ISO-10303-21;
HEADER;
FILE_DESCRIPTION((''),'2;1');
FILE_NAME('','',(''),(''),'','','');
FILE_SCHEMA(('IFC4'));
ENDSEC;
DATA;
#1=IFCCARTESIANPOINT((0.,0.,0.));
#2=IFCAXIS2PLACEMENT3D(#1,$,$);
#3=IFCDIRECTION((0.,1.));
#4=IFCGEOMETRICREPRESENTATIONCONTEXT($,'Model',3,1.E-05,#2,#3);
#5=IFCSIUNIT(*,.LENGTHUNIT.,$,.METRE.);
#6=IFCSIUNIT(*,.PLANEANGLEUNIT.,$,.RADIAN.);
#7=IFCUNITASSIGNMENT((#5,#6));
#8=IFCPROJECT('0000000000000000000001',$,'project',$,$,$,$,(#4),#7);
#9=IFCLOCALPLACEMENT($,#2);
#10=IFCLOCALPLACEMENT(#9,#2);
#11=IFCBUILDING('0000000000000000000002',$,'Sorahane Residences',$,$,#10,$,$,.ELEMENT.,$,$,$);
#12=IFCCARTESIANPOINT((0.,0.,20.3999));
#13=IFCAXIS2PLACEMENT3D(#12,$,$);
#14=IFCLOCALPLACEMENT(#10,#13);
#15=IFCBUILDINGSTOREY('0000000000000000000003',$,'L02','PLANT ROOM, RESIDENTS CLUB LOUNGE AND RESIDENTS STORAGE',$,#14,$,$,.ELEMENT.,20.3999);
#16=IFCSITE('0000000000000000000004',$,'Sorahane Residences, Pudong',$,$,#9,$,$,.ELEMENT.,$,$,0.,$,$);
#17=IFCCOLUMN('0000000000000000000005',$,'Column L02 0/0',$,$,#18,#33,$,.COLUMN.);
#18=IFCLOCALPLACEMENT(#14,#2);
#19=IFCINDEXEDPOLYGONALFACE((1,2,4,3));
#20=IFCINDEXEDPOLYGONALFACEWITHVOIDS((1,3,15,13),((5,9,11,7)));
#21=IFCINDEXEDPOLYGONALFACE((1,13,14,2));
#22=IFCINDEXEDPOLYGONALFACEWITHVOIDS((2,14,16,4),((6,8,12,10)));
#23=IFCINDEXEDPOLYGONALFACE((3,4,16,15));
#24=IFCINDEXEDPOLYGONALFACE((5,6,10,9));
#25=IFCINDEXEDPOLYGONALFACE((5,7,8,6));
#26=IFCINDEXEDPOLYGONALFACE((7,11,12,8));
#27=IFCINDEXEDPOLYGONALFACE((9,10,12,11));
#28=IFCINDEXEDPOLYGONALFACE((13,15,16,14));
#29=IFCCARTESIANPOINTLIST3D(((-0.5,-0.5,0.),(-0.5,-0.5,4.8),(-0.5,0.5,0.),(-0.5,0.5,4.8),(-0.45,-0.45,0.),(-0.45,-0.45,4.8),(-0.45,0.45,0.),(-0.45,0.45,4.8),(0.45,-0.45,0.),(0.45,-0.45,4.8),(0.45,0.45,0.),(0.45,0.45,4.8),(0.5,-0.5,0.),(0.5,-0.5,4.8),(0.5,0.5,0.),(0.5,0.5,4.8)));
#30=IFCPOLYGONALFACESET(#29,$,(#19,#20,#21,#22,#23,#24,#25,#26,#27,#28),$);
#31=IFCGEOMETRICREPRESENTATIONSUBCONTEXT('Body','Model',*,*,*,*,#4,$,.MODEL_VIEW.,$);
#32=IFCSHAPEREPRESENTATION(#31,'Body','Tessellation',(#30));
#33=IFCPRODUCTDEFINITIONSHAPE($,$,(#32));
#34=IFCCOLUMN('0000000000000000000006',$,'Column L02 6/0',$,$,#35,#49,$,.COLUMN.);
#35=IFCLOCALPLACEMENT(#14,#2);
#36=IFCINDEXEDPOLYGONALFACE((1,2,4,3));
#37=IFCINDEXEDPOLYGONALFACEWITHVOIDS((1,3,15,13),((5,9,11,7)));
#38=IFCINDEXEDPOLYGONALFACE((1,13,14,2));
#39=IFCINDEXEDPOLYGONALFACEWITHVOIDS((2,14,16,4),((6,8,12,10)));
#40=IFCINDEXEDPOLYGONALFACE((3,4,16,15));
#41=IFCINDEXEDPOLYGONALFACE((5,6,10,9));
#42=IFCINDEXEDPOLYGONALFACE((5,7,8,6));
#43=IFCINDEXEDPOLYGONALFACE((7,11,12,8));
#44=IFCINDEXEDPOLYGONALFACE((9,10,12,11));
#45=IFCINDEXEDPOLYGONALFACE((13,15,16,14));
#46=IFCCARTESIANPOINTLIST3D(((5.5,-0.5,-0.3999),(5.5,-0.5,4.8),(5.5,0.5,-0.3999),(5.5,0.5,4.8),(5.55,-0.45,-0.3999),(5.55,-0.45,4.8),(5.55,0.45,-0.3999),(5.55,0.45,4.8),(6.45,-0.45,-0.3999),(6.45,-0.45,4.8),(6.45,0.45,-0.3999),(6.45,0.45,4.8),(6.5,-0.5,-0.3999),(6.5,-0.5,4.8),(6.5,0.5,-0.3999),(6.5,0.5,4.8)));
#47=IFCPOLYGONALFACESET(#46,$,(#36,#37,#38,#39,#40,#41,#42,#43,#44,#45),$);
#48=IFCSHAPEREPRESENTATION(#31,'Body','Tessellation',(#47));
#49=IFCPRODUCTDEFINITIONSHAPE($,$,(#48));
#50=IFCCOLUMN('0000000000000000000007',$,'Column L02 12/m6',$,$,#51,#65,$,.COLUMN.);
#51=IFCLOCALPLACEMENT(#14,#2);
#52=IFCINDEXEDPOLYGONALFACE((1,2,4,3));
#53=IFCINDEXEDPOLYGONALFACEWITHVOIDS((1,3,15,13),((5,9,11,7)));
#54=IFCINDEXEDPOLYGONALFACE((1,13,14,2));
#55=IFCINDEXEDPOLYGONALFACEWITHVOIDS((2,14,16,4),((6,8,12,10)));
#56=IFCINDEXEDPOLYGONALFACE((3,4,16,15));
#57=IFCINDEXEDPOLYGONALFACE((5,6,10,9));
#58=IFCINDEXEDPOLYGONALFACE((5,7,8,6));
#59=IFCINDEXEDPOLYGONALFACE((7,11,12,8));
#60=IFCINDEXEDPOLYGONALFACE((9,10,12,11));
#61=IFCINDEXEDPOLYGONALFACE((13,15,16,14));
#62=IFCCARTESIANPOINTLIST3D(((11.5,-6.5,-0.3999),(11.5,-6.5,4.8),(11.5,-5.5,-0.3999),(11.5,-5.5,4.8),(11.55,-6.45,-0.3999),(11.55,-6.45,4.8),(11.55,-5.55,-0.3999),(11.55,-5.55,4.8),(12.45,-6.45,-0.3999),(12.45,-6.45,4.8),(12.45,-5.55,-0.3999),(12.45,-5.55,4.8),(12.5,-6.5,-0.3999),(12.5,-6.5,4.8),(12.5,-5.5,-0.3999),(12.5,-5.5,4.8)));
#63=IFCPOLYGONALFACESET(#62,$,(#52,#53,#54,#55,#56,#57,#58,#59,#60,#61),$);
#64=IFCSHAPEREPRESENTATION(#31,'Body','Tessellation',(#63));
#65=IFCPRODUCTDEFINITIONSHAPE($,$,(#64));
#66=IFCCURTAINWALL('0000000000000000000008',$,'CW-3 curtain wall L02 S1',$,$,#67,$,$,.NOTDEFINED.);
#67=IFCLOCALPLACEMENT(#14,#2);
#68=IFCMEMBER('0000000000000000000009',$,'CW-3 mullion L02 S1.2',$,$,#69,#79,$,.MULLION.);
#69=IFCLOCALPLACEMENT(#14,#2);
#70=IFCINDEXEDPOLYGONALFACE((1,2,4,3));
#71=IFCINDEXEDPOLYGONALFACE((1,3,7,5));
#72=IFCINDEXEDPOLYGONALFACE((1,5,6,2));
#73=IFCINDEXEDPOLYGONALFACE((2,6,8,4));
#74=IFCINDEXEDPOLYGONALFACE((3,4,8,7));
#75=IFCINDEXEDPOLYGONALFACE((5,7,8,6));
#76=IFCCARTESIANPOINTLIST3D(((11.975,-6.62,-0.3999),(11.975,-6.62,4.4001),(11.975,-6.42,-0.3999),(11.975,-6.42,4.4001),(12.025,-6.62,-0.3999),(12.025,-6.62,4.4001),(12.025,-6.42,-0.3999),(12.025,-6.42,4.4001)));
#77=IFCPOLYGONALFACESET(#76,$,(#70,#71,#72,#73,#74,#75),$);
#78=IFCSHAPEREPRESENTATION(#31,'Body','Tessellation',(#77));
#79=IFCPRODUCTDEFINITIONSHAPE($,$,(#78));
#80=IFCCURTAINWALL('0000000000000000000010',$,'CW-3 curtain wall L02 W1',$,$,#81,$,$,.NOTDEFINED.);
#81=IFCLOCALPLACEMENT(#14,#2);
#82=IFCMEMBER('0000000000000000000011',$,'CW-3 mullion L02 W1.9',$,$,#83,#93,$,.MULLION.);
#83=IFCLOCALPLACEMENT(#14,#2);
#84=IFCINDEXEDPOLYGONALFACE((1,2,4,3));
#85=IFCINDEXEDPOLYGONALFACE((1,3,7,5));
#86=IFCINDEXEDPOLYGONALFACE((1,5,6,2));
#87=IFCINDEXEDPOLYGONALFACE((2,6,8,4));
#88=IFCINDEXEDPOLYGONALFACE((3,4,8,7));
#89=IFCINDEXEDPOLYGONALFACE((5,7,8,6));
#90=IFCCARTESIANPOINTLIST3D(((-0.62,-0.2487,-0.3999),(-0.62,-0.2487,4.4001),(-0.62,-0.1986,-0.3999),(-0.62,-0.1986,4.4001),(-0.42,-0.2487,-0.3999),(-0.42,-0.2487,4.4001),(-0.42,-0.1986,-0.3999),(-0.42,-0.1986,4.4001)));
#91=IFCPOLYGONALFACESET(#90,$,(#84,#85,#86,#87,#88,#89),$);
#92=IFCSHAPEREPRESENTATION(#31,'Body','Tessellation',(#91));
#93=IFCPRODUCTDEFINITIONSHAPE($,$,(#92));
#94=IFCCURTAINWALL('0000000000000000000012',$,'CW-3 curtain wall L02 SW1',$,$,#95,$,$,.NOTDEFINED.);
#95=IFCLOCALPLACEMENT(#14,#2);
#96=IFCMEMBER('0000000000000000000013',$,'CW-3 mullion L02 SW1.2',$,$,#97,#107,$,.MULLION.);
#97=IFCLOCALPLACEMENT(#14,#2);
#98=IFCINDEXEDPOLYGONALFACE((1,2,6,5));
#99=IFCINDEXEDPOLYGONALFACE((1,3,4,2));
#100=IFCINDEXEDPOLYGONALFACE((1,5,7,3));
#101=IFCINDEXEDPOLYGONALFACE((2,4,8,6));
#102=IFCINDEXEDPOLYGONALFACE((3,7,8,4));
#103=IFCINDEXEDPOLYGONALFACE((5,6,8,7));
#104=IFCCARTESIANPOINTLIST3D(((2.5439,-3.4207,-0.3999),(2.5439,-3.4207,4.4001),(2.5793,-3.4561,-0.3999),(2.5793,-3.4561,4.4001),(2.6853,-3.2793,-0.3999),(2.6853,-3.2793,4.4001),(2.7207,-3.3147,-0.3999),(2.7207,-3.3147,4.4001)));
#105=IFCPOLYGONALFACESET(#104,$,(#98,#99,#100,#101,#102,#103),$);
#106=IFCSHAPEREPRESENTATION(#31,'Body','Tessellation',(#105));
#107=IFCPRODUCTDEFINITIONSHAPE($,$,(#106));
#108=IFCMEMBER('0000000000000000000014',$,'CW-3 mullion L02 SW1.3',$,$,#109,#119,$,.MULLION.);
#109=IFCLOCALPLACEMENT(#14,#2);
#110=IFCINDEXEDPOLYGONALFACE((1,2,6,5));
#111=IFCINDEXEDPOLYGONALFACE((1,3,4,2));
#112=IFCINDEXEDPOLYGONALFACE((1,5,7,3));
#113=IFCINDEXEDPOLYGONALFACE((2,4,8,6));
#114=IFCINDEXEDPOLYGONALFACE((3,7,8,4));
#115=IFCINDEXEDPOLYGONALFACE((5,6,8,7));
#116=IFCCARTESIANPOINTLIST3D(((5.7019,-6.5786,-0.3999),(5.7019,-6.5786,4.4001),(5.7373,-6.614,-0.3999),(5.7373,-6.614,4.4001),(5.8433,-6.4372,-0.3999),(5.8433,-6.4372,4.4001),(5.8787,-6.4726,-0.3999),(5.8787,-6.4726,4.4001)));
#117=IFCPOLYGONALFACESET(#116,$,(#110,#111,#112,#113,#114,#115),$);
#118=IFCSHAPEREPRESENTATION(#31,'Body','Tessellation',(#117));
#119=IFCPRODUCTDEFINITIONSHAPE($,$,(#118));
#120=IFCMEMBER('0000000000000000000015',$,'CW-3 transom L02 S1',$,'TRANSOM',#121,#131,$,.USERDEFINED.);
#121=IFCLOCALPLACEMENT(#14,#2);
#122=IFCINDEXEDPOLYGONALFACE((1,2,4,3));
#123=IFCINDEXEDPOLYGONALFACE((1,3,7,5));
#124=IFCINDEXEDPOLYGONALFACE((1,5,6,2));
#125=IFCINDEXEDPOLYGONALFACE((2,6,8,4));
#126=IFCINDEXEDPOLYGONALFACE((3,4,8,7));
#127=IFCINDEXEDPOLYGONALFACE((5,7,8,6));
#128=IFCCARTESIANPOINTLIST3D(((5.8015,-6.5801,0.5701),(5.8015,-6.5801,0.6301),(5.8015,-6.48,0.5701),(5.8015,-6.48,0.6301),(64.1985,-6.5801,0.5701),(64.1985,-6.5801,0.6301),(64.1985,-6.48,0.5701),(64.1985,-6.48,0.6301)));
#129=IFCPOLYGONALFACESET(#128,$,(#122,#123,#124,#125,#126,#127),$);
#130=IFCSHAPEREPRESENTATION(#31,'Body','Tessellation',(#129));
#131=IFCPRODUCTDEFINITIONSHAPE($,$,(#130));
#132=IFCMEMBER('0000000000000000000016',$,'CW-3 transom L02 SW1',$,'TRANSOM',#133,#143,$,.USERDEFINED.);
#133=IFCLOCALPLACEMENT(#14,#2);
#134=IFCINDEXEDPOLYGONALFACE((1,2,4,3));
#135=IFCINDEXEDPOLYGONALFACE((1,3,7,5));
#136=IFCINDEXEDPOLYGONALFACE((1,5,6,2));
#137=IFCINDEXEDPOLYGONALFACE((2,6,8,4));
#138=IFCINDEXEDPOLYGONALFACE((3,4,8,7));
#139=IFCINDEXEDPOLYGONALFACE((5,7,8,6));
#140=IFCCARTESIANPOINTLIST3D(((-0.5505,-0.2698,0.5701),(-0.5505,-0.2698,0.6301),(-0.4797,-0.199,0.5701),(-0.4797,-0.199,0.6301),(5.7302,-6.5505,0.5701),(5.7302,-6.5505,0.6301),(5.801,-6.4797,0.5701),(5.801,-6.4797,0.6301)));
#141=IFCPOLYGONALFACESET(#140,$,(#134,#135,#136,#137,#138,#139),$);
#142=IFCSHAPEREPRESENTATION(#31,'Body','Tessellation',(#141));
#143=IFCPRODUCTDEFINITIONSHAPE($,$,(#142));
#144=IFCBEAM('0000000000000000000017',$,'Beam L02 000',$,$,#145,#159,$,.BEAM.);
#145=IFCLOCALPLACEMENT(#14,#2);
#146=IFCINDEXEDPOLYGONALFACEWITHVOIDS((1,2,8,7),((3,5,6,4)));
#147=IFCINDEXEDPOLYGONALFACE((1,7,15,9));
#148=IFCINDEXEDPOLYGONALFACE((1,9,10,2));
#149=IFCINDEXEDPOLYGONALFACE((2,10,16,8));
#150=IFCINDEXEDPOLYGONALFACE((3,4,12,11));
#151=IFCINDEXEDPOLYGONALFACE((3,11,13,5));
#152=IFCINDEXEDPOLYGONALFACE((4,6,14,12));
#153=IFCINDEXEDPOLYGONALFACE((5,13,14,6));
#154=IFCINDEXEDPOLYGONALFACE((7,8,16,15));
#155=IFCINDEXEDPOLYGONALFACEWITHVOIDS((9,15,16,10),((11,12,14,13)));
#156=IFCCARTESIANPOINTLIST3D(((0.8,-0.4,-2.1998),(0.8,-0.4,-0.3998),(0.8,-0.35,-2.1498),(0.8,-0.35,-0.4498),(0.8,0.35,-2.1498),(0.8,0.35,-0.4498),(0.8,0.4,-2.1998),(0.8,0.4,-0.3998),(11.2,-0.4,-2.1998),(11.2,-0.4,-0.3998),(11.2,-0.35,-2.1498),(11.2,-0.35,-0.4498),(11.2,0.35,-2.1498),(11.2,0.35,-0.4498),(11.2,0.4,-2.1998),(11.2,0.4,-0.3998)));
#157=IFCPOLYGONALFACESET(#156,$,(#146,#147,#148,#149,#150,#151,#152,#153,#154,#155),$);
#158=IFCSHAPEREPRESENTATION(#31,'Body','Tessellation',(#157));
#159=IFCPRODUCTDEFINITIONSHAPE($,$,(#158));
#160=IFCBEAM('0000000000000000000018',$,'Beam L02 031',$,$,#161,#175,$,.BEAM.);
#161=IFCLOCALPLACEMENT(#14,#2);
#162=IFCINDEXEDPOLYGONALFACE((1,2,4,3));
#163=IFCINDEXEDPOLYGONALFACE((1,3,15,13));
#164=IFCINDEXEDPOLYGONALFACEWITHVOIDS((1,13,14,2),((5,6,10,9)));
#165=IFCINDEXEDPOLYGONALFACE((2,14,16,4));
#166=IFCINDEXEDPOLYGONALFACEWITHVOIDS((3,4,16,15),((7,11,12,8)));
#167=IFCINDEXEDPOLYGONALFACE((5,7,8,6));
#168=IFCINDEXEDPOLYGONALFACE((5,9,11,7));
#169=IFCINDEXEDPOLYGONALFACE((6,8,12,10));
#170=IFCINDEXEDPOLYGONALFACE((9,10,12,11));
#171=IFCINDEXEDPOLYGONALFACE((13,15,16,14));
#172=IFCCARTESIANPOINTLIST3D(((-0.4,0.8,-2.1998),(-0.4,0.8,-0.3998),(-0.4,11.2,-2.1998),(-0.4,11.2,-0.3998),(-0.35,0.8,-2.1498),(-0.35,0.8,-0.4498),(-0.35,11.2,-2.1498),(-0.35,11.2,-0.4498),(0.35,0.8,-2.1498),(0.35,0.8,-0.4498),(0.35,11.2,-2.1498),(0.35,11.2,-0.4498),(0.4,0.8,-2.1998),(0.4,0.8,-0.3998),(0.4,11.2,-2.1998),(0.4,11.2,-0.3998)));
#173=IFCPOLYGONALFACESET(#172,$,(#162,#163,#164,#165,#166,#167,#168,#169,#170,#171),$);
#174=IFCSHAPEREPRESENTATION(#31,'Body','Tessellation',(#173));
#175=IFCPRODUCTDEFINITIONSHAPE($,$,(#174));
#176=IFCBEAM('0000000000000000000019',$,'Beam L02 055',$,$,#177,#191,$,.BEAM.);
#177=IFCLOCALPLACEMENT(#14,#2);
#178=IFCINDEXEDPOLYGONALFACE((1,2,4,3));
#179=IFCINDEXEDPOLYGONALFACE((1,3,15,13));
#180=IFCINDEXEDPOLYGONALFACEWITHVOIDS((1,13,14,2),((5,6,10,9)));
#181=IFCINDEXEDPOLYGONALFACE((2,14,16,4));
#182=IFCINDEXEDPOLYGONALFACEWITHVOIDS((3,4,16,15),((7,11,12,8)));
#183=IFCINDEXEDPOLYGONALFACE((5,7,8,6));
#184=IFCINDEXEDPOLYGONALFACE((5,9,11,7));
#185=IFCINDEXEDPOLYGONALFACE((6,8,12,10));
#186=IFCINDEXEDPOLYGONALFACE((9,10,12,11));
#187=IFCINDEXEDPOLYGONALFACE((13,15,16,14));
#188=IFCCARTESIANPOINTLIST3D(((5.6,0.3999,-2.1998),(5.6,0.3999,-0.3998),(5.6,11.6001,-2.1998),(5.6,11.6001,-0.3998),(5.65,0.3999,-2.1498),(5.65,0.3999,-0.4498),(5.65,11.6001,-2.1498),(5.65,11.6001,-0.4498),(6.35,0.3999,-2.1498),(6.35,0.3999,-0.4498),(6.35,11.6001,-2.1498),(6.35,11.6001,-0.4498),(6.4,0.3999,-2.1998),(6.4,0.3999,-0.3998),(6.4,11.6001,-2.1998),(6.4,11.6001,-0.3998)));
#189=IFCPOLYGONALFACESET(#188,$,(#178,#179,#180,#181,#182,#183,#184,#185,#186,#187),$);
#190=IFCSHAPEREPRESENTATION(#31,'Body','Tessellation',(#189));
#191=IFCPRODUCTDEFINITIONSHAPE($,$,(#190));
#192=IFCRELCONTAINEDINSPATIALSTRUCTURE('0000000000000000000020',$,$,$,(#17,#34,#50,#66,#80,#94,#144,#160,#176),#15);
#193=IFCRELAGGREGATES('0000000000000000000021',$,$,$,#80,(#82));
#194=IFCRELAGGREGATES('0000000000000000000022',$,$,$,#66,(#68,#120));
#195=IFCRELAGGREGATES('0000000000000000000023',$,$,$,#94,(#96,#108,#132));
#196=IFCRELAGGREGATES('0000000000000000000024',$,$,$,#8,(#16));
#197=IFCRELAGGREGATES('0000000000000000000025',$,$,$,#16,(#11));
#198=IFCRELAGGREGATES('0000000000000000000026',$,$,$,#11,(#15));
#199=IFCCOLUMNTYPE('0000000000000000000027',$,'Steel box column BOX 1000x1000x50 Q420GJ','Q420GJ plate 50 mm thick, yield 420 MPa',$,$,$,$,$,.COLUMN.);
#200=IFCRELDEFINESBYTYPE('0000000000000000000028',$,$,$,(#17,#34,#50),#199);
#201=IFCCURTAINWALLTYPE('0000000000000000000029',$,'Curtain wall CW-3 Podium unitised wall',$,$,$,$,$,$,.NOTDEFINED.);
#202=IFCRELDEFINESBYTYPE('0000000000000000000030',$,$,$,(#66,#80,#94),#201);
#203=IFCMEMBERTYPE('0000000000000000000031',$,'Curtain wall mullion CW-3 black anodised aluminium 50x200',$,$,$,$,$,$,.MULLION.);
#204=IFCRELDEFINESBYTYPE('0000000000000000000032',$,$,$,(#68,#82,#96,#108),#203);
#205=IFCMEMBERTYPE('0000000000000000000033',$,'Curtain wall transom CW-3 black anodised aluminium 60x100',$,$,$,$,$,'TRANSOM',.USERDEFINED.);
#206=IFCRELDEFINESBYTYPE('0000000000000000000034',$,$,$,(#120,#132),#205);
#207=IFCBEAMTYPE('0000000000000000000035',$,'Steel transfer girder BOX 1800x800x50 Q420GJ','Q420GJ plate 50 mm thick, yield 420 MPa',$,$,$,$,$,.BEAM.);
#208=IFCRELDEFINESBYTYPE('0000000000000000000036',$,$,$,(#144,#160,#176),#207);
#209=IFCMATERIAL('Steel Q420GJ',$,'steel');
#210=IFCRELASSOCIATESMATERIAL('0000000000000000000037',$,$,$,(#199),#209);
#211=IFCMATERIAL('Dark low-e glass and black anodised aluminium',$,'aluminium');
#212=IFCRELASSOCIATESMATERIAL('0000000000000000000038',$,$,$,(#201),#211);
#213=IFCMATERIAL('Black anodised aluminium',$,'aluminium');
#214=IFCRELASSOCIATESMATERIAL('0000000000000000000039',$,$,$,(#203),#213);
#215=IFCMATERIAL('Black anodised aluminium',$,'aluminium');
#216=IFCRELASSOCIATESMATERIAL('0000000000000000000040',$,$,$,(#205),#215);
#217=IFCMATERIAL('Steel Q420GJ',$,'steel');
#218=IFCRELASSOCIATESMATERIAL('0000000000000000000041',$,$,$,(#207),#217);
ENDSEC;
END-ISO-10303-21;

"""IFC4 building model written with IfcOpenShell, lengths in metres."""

from ifc_helpers import new_model, si_unit, direction, frame, origin, origin_with_axes, origin_2d, place, context, subcontext, project, spatial, rectangle, hollow_rectangle, extrude, material, material_profile, profile_set, type_object, element, aggregate, save


model = new_model("IFC4")

# Units and contexts
model_context = context("Model", 3, precision=1e-05, world=origin(), true_north=direction((0.0, 1.0)))
body_context = subcontext(model_context, "Body", "Model", "MODEL_VIEW")
ifc_project = project(units=[si_unit("LENGTHUNIT", "METRE"), si_unit("PLANEANGLEUNIT", "RADIAN")], contexts=[model_context])

# Site, building, storey
site_placement = place(None, origin())
site = spatial("IfcSite", under=ifc_project, at=site_placement, Name="Sorahane Residences, Pudong", CompositionType="ELEMENT", RefElevation=0.0)
building_placement = place(site_placement, origin())
building = spatial("IfcBuilding", under=site, at=building_placement, Name="Sorahane Residences", CompositionType="ELEMENT")
storey_placement = place(building_placement, frame((0.0, 0.0, 20.3999)))
storey = spatial("IfcBuildingStorey", under=building, at=storey_placement, Name="L02", Description="PLANT ROOM, RESIDENTS CLUB LOUNGE AND RESIDENTS STORAGE", CompositionType="ELEMENT", Elevation=20.3999)

# Columns
ifc_material_1 = material(Name="Steel Q420GJ", Category="steel")
ifc_material_profile_1 = material_profile(ifc_material_1, hollow_rectangle(XDim=1.0, YDim=1.0, WallThickness=0.05, at=origin_2d()), Name="BOX 1000x1000x50")
ifc_profile_set_1 = profile_set([ifc_material_profile_1], Name="Steel Q420GJ")
column_type = type_object("IfcColumnType", Name="Steel box column BOX 1000x1000x50 Q420GJ", Description="Q420GJ plate 50 mm thick, yield 420 MPa", PredefinedType="COLUMN", material=ifc_profile_set_1)
column_placement = place(storey_placement, origin_with_axes())
element("IfcColumn", 1, at=column_placement, inside=storey, type_object=column_type, Name="Column L02 0/0", PredefinedType="COLUMN", context=body_context, shape_type="SweptSolid", body=[
    extrude(hollow_rectangle(XDim=1.0, YDim=1.0, WallThickness=0.05, at=origin_2d()), origin(), (0.0, 0.0, 1.0), 4.8),
])
for number, where, z_axis, x_axis, name in (
    (2, (6.0, 0.0, -0.3999), (0.0, 0.0, 1.0), (1.0, 0.0, 0.0), "Column L02 6/0"),
    (3, (12.0, -6.0, -0.3999), (0.0, 0.0, 1.0), (1.0, 0.0, 0.0), "Column L02 12/m6"),
):
    element("IfcColumn", number, at=place(storey_placement, frame(where, z_axis=z_axis, x_axis=x_axis)), inside=storey, type_object=column_type, Name=name, PredefinedType="COLUMN", context=body_context, shape_type="SweptSolid", body=[
        extrude(hollow_rectangle(XDim=1.0, YDim=1.0, WallThickness=0.05, at=origin_2d()), origin(), (0.0, 0.0, 1.0), 5.2),
    ])

# Curtain walls, members
ifc_material_2 = material(Name="Dark low-e glass and black anodised aluminium", Category="aluminium")
curtain_wall_type = type_object("IfcCurtainWallType", Name="Curtain wall CW-3 Podium unitised wall", PredefinedType="NOTDEFINED", material=ifc_material_2)
curtain_wall_1_placement = place(storey_placement, origin())
curtain_wall_1 = element("IfcCurtainWall", 4, at=curtain_wall_1_placement, inside=storey, type_object=curtain_wall_type, Name="CW-3 curtain wall L02 S1", PredefinedType="NOTDEFINED")
ifc_material_3 = material(Name="Black anodised aluminium", Category="aluminium")
ifc_material_profile_2 = material_profile(ifc_material_3, rectangle(XDim=0.2, YDim=0.05, at=origin_2d()), Name="Curtain wall mullion CW-3 black anodised aluminium 50x200")
ifc_profile_set_2 = profile_set([ifc_material_profile_2], Name="Black anodised aluminium")
member_type_1 = type_object("IfcMemberType", Name="Curtain wall mullion CW-3 black anodised aluminium 50x200", PredefinedType="MULLION", material=ifc_profile_set_2)
member_1_placement = place(storey_placement, frame((12.0, -6.52, -0.3999), z_axis=(0.0, 0.0, 1.0), x_axis=(0.0, -1.0, 0.0)))
member_1 = element("IfcMember", 5, at=member_1_placement, type_object=member_type_1, Name="CW-3 mullion L02 S1.2", PredefinedType="MULLION", context=body_context, shape_type="SweptSolid", body=[
    extrude(rectangle(XDim=0.2, YDim=0.05, at=origin_2d()), origin(), (0.0, 0.0, 1.0), 4.8),
])
curtain_wall_2_placement = place(storey_placement, origin())
curtain_wall_2 = element("IfcCurtainWall", 6, at=curtain_wall_2_placement, inside=storey, type_object=curtain_wall_type, Name="CW-3 curtain wall L02 W1", PredefinedType="NOTDEFINED")
member_2_placement = place(storey_placement, frame((-0.52, -0.2236, -0.3999), z_axis=(0.0, 0.0, 1.0), x_axis=(-1.0, 0.0, 0.0)))
member_2 = element("IfcMember", 7, at=member_2_placement, type_object=member_type_1, Name="CW-3 mullion L02 W1.9", PredefinedType="MULLION", context=body_context, shape_type="SweptSolid", body=[
    extrude(rectangle(XDim=0.2, YDim=0.05, at=origin_2d()), origin(), (0.0, 0.0, 1.0), 4.8),
])
aggregate(curtain_wall_2, [member_2])

# Curtain wall, members
curtain_wall_3_placement = place(storey_placement, origin())
curtain_wall_3 = element("IfcCurtainWall", 8, at=curtain_wall_3_placement, inside=storey, type_object=curtain_wall_type, Name="CW-3 curtain wall L02 SW1", PredefinedType="NOTDEFINED")
member_3_placement = place(storey_placement, frame((2.6323, -3.3677, -0.3999), z_axis=(0.0, 0.0, 1.0), x_axis=(-0.707107, -0.707107, 0.0)))
member_3 = element("IfcMember", 9, at=member_3_placement, type_object=member_type_1, Name="CW-3 mullion L02 SW1.2", PredefinedType="MULLION", context=body_context, shape_type="SweptSolid", body=[
    extrude(rectangle(XDim=0.2, YDim=0.05, at=origin_2d()), origin(), (0.0, 0.0, 1.0), 4.8),
])
member_4_placement = place(storey_placement, frame((5.7903, -6.5256, -0.3999), z_axis=(0.0, 0.0, 1.0), x_axis=(-0.707107, -0.707107, 0.0)))
member_4 = element("IfcMember", 10, at=member_4_placement, type_object=member_type_1, Name="CW-3 mullion L02 SW1.3", PredefinedType="MULLION", context=body_context, shape_type="SweptSolid", body=[
    extrude(rectangle(XDim=0.2, YDim=0.05, at=origin_2d()), origin(), (0.0, 0.0, 1.0), 4.8),
])

# Members
ifc_material_4 = material(Name="Black anodised aluminium", Category="aluminium")
ifc_material_profile_3 = material_profile(ifc_material_4, rectangle(XDim=0.1001, YDim=0.0601, at=origin_2d()), Name="Curtain wall transom CW-3 black anodised aluminium 60x100")
ifc_profile_set_3 = profile_set([ifc_material_profile_3], Name="Black anodised aluminium")
member_type_2 = type_object("IfcMemberType", Name="Curtain wall transom CW-3 black anodised aluminium 60x100", ElementType="TRANSOM", PredefinedType="USERDEFINED", material=ifc_profile_set_3)
member_5_placement = place(storey_placement, frame((5.8015, -6.53, 0.6001), z_axis=(1.0, 0.0, 0.0), x_axis=(0.0, 1.0, 0.0)))
member_5 = element("IfcMember", 11, at=member_5_placement, type_object=member_type_2, Name="CW-3 transom L02 S1", ObjectType="TRANSOM", PredefinedType="USERDEFINED", context=body_context, shape_type="SweptSolid", body=[
    extrude(rectangle(XDim=0.1001, YDim=0.0601, at=origin_2d()), origin(), (0.0, 0.0, 1.0), 58.397),
])
member_6_placement = place(storey_placement, frame((-0.5151, -0.2344, 0.6001), z_axis=(0.707107, -0.707107, 0.0), x_axis=(0.707107, 0.707107, 0.0)))
member_6 = element("IfcMember", 12, at=member_6_placement, type_object=member_type_2, Name="CW-3 transom L02 SW1", ObjectType="TRANSOM", PredefinedType="USERDEFINED", context=body_context, shape_type="SweptSolid", body=[
    extrude(rectangle(XDim=0.1001, YDim=0.0601, at=origin_2d()), origin(), (0.0, 0.0, 1.0), 8.8823),
])

# Beams
ifc_material_5 = material(Name="Steel Q420GJ", Category="steel")
ifc_material_profile_4 = material_profile(ifc_material_5, hollow_rectangle(XDim=0.8, YDim=1.8, WallThickness=0.05, at=origin_2d()), Name="BOX 1800x800x50")
ifc_profile_set_4 = profile_set([ifc_material_profile_4], Name="Steel Q420GJ")
beam_type = type_object("IfcBeamType", Name="Steel transfer girder BOX 1800x800x50 Q420GJ", Description="Q420GJ plate 50 mm thick, yield 420 MPa", PredefinedType="BEAM", material=ifc_profile_set_4)
for number, where, z_axis, x_axis, name in (
    (13, (0.8, 0.0, -1.2998), (1.0, 0.0, 0.0), (0.0, 1.0, 0.0), "Beam L02 000"),
    (14, (0.0, 0.8, -1.2998), (0.0, 1.0, 0.0), (-1.0, 0.0, 0.0), "Beam L02 031"),
):
    element("IfcBeam", number, at=place(storey_placement, frame(where, z_axis=z_axis, x_axis=x_axis)), inside=storey, type_object=beam_type, Name=name, PredefinedType="BEAM", context=body_context, shape_type="SweptSolid", body=[
        extrude(hollow_rectangle(XDim=0.8, YDim=1.8, WallThickness=0.05, at=origin_2d()), origin(), (0.0, 0.0, 1.0), 10.3999),
    ])
beam_1_placement = place(storey_placement, frame((6.0, 0.3999, -1.2998), z_axis=(0.0, 1.0, 0.0), x_axis=(-1.0, 0.0, 0.0)))
element("IfcBeam", 15, at=beam_1_placement, inside=storey, type_object=beam_type, Name="Beam L02 055", PredefinedType="BEAM", context=body_context, shape_type="SweptSolid", body=[
    extrude(hollow_rectangle(XDim=0.8, YDim=1.8, WallThickness=0.05, at=origin_2d()), origin(), (0.0, 0.0, 1.0), 11.2002),
])

aggregate(curtain_wall_1, [member_1, member_5])
aggregate(curtain_wall_3, [member_3, member_4, member_6])

save(model, "model.ifc")
